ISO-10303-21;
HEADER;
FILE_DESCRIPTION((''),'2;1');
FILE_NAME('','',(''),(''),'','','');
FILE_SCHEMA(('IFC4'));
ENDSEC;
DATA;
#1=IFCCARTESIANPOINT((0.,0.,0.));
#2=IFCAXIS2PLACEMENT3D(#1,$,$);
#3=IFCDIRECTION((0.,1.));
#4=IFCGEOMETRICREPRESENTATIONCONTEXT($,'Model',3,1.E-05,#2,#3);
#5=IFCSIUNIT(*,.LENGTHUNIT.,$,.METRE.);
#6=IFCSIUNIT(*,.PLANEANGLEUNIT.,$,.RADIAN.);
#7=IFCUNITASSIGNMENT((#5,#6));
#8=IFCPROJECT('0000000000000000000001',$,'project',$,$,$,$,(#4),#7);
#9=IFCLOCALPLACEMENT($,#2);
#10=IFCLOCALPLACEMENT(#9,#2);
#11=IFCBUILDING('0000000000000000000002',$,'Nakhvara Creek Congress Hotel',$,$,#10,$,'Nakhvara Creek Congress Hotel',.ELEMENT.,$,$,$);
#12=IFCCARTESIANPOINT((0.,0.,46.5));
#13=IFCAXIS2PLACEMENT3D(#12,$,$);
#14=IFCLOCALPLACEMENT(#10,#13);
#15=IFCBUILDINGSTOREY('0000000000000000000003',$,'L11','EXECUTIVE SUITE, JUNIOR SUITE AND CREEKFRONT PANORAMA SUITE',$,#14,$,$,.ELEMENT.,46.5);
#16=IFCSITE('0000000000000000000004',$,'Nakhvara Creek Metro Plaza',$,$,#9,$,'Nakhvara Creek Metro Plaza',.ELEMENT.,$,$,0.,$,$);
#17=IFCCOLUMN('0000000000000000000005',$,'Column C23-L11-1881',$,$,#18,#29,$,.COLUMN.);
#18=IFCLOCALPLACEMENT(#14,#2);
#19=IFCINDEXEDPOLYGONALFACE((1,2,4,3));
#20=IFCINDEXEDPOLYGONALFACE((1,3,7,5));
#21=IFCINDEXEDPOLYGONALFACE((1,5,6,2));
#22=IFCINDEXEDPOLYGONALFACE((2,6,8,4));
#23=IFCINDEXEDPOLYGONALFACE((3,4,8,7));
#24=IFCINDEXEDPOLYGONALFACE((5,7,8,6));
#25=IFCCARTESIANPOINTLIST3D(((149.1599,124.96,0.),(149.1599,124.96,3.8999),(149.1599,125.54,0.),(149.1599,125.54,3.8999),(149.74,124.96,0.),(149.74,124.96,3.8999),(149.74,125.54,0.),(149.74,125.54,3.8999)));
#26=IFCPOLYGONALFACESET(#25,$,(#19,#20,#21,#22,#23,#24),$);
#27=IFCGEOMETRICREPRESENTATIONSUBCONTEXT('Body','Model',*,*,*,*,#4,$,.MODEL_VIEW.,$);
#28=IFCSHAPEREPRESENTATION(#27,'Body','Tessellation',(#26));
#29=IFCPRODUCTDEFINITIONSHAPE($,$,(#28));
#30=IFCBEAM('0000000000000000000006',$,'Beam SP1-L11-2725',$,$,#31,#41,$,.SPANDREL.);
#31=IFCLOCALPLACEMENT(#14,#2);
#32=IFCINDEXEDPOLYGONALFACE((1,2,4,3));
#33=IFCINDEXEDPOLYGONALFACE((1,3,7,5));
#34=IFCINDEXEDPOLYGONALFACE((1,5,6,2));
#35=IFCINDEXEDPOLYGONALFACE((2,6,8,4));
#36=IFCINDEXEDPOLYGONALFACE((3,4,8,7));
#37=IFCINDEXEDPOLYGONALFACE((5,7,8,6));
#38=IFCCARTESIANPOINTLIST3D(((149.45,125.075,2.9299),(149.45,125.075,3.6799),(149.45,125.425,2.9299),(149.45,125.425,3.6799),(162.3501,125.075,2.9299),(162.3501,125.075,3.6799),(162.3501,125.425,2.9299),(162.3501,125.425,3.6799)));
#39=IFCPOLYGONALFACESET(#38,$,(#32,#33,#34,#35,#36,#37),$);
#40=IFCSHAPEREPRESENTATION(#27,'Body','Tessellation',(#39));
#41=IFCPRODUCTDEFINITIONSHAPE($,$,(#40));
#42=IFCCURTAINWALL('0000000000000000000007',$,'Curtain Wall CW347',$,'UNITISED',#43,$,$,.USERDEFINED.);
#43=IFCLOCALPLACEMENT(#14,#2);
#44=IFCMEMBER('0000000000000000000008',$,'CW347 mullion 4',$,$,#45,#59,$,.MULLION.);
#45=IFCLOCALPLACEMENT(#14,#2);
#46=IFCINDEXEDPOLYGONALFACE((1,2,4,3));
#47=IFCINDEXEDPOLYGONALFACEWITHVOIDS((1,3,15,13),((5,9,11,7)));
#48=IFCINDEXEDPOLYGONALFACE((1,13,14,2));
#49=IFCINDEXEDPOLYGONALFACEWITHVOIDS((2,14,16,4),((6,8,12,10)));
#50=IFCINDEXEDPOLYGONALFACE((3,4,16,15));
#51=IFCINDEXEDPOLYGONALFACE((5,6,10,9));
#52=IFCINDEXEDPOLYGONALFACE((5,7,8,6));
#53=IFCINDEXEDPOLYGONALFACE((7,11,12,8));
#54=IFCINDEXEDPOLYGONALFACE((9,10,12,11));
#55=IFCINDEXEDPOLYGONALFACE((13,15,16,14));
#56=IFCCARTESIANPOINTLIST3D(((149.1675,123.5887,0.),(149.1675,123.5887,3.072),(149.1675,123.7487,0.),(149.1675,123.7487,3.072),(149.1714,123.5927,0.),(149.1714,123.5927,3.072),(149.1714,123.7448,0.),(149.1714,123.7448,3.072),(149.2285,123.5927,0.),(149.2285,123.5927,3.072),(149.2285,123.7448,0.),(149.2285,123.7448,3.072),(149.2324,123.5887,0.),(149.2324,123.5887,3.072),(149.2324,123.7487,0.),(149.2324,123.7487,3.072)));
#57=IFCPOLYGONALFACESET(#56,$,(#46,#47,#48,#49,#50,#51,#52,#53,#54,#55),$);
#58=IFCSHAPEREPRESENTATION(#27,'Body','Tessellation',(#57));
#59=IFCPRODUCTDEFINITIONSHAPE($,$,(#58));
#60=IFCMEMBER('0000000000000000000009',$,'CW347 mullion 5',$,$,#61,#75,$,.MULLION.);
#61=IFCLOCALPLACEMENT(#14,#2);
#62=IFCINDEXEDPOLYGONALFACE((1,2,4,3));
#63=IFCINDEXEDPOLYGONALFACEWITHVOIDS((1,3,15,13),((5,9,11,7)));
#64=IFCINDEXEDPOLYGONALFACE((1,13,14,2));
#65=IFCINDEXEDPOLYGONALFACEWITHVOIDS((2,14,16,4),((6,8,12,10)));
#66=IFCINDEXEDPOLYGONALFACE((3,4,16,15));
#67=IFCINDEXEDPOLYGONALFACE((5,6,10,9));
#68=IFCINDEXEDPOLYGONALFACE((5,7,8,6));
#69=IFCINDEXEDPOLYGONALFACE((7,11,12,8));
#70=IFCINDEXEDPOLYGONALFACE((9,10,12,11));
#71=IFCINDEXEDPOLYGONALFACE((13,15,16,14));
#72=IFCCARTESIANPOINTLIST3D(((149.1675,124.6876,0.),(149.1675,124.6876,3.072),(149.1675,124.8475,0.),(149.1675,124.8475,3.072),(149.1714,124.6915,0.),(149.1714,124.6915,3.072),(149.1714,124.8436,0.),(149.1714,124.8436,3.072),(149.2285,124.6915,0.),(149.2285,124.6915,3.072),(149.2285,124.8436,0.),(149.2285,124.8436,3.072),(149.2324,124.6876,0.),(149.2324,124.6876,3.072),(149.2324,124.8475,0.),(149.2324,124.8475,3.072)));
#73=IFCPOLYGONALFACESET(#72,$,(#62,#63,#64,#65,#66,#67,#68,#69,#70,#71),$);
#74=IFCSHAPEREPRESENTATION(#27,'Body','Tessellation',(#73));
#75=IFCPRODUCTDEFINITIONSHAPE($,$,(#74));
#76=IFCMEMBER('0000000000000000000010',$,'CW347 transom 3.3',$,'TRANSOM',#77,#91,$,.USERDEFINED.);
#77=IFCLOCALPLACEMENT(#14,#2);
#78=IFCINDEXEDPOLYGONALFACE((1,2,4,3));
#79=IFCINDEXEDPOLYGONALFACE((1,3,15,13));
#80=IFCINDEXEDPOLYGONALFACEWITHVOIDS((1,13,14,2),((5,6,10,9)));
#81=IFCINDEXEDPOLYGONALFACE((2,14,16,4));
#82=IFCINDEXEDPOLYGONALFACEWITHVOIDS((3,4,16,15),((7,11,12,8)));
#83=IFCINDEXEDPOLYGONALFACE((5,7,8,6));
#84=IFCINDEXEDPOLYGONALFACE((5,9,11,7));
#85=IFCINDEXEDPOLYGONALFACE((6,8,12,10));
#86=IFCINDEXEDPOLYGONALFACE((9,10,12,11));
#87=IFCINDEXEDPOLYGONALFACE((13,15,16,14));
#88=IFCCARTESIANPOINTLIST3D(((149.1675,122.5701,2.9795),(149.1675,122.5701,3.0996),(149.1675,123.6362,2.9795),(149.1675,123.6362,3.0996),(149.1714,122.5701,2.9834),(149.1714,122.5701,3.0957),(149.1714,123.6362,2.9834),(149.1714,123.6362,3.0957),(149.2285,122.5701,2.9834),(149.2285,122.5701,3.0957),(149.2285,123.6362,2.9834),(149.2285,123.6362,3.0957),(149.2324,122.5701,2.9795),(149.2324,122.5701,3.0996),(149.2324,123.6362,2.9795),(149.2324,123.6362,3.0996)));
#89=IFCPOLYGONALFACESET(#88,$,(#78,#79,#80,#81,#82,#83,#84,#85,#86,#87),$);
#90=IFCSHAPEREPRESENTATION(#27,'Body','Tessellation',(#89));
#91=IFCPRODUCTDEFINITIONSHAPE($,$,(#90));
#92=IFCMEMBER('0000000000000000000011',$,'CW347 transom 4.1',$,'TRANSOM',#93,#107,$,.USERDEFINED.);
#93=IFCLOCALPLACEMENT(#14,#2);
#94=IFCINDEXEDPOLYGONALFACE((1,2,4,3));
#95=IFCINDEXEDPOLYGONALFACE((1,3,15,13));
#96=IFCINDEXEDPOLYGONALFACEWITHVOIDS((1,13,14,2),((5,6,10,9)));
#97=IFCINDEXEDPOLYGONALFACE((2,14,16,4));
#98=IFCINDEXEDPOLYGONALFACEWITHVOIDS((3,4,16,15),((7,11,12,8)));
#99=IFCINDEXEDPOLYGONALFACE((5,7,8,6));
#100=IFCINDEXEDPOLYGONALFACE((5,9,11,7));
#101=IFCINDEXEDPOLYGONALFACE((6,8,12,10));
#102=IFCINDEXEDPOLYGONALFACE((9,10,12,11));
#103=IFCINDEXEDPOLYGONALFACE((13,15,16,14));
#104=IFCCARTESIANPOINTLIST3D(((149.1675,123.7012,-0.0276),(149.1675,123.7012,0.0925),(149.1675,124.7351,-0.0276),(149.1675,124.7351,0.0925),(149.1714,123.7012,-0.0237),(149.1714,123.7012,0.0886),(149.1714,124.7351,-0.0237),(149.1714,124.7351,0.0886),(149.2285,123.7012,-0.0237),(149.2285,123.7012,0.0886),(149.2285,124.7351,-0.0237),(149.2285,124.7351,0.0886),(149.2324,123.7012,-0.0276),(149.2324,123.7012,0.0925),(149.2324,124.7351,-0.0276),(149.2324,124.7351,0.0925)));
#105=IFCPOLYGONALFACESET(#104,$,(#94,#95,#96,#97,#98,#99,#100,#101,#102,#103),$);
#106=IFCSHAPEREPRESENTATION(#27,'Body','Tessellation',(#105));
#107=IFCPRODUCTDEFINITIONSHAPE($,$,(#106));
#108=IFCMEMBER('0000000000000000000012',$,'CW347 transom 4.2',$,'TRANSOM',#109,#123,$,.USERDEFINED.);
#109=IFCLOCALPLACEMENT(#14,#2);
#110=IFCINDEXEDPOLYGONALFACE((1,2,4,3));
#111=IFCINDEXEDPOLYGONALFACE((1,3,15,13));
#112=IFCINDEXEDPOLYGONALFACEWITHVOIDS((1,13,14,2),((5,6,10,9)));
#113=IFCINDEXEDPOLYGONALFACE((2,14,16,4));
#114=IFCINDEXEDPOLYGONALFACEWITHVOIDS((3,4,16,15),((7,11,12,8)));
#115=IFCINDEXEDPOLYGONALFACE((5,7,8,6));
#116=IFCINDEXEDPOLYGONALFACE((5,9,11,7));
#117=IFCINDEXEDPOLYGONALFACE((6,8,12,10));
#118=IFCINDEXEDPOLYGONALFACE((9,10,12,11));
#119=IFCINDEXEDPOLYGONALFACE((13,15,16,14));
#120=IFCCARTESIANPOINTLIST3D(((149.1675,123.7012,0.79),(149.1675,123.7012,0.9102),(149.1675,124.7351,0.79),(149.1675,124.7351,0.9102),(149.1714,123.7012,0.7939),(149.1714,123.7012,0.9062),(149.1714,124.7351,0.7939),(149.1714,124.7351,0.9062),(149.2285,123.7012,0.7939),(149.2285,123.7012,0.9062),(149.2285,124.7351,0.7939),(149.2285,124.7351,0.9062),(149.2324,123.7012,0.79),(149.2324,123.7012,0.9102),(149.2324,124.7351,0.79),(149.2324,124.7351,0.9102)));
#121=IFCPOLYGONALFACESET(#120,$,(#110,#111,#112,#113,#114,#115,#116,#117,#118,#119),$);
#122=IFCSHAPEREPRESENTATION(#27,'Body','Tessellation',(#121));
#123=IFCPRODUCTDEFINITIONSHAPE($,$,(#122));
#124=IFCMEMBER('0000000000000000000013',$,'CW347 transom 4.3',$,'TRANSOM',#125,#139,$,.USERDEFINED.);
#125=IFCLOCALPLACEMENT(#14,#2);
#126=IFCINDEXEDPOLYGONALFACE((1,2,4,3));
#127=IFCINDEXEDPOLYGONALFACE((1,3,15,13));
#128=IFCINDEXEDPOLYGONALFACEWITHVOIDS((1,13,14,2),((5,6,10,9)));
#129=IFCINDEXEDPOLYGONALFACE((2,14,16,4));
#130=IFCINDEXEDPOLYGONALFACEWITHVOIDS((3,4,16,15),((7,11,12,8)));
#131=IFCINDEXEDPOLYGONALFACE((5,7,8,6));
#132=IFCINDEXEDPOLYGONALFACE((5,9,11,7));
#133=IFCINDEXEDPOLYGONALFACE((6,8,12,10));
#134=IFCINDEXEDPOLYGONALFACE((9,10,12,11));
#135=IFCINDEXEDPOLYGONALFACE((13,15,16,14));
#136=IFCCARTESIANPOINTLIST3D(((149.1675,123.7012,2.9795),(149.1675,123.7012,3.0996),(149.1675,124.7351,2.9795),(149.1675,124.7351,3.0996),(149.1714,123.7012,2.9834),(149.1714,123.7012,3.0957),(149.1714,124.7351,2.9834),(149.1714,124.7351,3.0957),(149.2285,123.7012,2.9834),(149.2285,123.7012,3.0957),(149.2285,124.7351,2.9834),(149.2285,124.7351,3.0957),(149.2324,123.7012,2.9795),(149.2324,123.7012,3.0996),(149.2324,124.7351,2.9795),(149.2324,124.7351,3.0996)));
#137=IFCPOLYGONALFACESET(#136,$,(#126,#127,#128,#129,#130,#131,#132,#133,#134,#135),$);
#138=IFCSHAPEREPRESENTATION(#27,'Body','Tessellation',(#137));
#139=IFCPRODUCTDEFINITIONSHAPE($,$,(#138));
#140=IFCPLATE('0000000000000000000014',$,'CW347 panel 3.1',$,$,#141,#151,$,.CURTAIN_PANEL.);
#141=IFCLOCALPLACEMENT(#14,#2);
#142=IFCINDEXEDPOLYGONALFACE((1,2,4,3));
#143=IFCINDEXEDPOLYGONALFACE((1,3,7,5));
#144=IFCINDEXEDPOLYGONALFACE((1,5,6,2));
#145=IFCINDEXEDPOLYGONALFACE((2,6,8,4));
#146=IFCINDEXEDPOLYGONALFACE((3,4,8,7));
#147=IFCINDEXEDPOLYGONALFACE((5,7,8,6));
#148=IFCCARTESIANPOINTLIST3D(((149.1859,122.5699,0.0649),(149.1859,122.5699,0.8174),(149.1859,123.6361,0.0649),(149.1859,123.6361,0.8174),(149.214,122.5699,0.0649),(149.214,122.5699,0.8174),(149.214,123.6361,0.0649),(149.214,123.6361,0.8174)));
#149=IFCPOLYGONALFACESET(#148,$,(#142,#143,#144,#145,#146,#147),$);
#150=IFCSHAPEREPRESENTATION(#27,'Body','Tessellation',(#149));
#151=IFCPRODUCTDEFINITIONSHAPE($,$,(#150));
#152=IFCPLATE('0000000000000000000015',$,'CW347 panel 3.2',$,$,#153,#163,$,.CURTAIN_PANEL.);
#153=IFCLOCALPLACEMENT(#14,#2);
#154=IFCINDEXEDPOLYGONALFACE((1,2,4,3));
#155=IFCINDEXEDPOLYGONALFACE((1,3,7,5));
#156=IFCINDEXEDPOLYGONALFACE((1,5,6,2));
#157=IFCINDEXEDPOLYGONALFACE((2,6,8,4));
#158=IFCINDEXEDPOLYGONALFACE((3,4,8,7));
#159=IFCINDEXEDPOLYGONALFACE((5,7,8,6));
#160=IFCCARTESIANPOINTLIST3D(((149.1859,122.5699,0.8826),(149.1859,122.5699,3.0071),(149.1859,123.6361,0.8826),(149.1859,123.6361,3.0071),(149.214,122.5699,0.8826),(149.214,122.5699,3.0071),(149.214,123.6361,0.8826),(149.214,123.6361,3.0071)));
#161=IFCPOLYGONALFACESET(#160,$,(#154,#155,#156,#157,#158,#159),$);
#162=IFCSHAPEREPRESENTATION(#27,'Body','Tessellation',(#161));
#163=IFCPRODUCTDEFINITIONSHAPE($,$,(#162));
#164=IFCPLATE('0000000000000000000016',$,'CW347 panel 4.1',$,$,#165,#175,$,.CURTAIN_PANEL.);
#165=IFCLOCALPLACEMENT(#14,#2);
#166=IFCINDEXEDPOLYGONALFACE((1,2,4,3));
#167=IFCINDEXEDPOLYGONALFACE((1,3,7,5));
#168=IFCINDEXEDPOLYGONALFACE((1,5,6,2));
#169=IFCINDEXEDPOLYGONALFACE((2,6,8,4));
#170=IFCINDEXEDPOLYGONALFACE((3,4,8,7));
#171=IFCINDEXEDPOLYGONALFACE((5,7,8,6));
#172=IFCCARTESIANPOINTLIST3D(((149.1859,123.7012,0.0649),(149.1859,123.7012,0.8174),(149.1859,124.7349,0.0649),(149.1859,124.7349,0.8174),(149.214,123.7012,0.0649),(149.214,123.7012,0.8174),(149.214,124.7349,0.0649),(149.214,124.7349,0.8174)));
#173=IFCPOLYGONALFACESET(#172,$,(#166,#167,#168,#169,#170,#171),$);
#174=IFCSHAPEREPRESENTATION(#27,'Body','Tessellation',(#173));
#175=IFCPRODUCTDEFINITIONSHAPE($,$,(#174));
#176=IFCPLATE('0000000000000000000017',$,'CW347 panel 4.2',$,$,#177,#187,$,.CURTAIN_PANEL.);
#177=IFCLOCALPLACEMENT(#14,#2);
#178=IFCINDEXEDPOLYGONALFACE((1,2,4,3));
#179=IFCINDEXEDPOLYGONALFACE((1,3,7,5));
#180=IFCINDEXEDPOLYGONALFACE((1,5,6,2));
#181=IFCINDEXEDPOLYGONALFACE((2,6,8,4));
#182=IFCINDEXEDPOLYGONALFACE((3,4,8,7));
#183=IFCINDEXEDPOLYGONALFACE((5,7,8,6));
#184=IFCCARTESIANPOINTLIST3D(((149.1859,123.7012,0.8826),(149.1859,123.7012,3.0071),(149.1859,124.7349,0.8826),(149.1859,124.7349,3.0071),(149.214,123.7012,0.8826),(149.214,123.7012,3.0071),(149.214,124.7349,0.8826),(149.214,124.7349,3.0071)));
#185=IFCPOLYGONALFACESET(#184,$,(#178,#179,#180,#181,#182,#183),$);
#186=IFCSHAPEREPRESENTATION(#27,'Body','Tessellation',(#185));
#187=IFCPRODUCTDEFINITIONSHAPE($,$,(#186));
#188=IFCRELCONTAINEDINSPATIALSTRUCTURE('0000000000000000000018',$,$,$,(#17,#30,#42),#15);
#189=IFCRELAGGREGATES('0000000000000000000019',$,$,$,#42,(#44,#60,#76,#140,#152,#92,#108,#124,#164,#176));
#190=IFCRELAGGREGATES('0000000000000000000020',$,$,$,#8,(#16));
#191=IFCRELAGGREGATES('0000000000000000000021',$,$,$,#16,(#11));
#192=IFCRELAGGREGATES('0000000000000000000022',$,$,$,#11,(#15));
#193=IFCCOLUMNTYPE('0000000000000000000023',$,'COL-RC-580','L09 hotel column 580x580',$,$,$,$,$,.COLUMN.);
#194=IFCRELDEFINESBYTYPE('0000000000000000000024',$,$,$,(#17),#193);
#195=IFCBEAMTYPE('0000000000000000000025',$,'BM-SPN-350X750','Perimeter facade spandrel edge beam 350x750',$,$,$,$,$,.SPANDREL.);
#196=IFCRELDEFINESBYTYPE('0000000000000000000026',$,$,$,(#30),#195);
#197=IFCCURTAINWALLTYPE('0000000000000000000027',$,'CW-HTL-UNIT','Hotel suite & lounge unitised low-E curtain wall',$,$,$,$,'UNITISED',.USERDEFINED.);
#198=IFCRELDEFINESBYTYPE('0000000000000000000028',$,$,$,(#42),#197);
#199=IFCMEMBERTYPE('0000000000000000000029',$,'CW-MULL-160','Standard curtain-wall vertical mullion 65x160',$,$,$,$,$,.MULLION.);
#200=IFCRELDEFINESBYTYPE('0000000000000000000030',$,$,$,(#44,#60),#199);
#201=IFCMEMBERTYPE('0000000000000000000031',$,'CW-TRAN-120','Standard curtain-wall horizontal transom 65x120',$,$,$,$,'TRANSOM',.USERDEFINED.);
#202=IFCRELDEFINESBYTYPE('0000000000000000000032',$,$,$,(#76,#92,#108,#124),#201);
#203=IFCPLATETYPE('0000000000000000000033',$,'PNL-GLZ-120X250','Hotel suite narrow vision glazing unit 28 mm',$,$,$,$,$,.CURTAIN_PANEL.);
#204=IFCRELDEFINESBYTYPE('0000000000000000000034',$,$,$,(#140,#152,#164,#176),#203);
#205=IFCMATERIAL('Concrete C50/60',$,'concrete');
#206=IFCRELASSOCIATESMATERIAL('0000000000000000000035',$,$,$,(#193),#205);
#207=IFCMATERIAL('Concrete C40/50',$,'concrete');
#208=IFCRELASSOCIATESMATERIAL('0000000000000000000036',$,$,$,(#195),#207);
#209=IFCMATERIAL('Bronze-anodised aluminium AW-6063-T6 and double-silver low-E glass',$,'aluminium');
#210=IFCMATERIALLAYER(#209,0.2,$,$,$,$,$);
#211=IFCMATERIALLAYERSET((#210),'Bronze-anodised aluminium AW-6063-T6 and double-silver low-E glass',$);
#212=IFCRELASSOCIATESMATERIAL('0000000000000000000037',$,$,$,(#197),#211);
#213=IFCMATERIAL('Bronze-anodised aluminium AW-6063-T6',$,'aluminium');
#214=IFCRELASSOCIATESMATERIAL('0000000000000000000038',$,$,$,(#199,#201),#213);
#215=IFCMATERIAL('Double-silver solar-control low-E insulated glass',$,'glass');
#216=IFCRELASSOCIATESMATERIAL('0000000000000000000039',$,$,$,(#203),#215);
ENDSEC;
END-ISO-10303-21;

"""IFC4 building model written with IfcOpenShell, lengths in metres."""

from ifc_helpers import new_model, si_unit, direction, frame, origin, origin_2d, place, context, subcontext, project, spatial, rectangle, hollow_rectangle, extrude, material, layer, layer_set, material_profile, profile_set, type_object, element, aggregate, save


model = new_model("IFC4")

# Units and contexts
model_context = context("Model", 3, precision=1e-05, world=origin(), true_north=direction((0.0, 1.0)))
body_context = subcontext(model_context, "Body", "Model", "MODEL_VIEW")
ifc_project = project(units=[si_unit("LENGTHUNIT", "METRE"), si_unit("PLANEANGLEUNIT", "RADIAN")], contexts=[model_context])

# Site, building, storey
site_placement = place(None, origin())
site = spatial("IfcSite", under=ifc_project, at=site_placement, Name="Nakhvara Creek Metro Plaza", LongName="Nakhvara Creek Metro Plaza", CompositionType="ELEMENT", RefElevation=0.0)
building_placement = place(site_placement, origin())
building = spatial("IfcBuilding", under=site, at=building_placement, Name="Nakhvara Creek Congress Hotel", LongName="Nakhvara Creek Congress Hotel", CompositionType="ELEMENT")
storey_placement = place(building_placement, frame((0.0, 0.0, 46.5)))
storey = spatial("IfcBuildingStorey", under=building, at=storey_placement, Name="L11", Description="EXECUTIVE SUITE, JUNIOR SUITE AND CREEKFRONT PANORAMA SUITE", CompositionType="ELEMENT", Elevation=46.5)

# Column
ifc_material_1 = material(Name="Concrete C50/60", Category="concrete")
ifc_material_profile_1 = material_profile(ifc_material_1, rectangle(XDim=0.5801, YDim=0.5801, at=origin_2d()), Name="RC-COL 580x580", Category="LoadBearing")
ifc_profile_set_1 = profile_set([ifc_material_profile_1], Name="Concrete C50/60")
column_type = type_object("IfcColumnType", Name="COL-RC-580", Description="L09 hotel column 580x580", PredefinedType="COLUMN", material=ifc_profile_set_1)
column_placement = place(storey_placement, frame((149.45, 125.25, 0.0), z_axis=(0.0, 0.0, 1.0), x_axis=(1.0, 0.0, 0.0)))
element("IfcColumn", 1, at=column_placement, inside=storey, type_object=column_type, Name="Column C23-L11-1881", PredefinedType="COLUMN", context=body_context, shape_type="SweptSolid", body=[
    extrude(rectangle(XDim=0.5801, YDim=0.5801, at=origin_2d()), origin(), (0.0, 0.0, 1.0), 3.8999),
])

# Beam
ifc_material_2 = material(Name="Concrete C40/50", Category="concrete")
ifc_material_profile_2 = material_profile(ifc_material_2, rectangle(XDim=0.3501, YDim=0.75, at=origin_2d()), Name="RC-SPANDREL 350x750", Category="LoadBearing")
ifc_profile_set_2 = profile_set([ifc_material_profile_2], Name="Concrete C40/50")
beam_type = type_object("IfcBeamType", Name="BM-SPN-350X750", Description="Perimeter facade spandrel edge beam 350x750", PredefinedType="SPANDREL", material=ifc_profile_set_2)
beam_placement = place(storey_placement, frame((149.45, 125.25, 3.3049), z_axis=(1.0, 0.0, 0.0), x_axis=(0.0, 1.0, 0.0)))
element("IfcBeam", 2, at=beam_placement, inside=storey, type_object=beam_type, Name="Beam SP1-L11-2725", PredefinedType="SPANDREL", context=body_context, shape_type="SweptSolid", body=[
    extrude(rectangle(XDim=0.3501, YDim=0.75, at=origin_2d()), origin(), (0.0, 0.0, 1.0), 12.9001),
])

# Curtain wall, members, plates
ifc_material_3 = material(Name="Bronze-anodised aluminium AW-6063-T6 and double-silver low-E glass", Category="aluminium")
ifc_layer_1 = layer(ifc_material_3, 0.2)
ifc_layer_set_1 = layer_set([ifc_layer_1], Name="Bronze-anodised aluminium AW-6063-T6 and double-silver low-E glass")
curtain_wall_type = type_object("IfcCurtainWallType", Name="CW-HTL-UNIT", Description="Hotel suite & lounge unitised low-E curtain wall", ElementType="UNITISED", PredefinedType="USERDEFINED", material=ifc_layer_set_1)
curtain_wall_placement = place(storey_placement, origin())
curtain_wall = element("IfcCurtainWall", 3, at=curtain_wall_placement, inside=storey, type_object=curtain_wall_type, Name="Curtain Wall CW347", ObjectType="UNITISED", PredefinedType="USERDEFINED")
ifc_material_4 = material(Name="Bronze-anodised aluminium AW-6063-T6", Category="aluminium")
ifc_material_profile_3 = material_profile(ifc_material_4, hollow_rectangle(XDim=0.0649, YDim=0.1599, WallThickness=0.0039, at=origin_2d()), Name="ALU-MULL 65x160x4", Category="LoadBearing")
ifc_profile_set_3 = profile_set([ifc_material_profile_3], Name="Bronze-anodised aluminium AW-6063-T6")
member_type_1 = type_object("IfcMemberType", Name="CW-MULL-160", Description="Standard curtain-wall vertical mullion 65x160", PredefinedType="MULLION", material=ifc_profile_set_3)
member_1_placement = place(storey_placement, frame((149.2, 123.6687, 0.0), z_axis=(0.0, 0.0, 1.0), x_axis=(-1.0, 0.0, 0.0)))
member_1 = element("IfcMember", 4, at=member_1_placement, type_object=member_type_1, Name="CW347 mullion 4", PredefinedType="MULLION", context=body_context, shape_type="SweptSolid", body=[
    extrude(hollow_rectangle(XDim=0.0649, YDim=0.1599, WallThickness=0.0039, at=origin_2d()), origin(), (0.0, 0.0, 1.0), 3.072),
])
member_2_placement = place(storey_placement, frame((149.2, 124.7676, 0.0), z_axis=(0.0, 0.0, 1.0), x_axis=(-1.0, 0.0, 0.0)))
member_2 = element("IfcMember", 5, at=member_2_placement, type_object=member_type_1, Name="CW347 mullion 5", PredefinedType="MULLION", context=body_context, shape_type="SweptSolid", body=[
    extrude(hollow_rectangle(XDim=0.0649, YDim=0.1599, WallThickness=0.0039, at=origin_2d()), origin(), (0.0, 0.0, 1.0), 3.072),
])
ifc_material_profile_4 = material_profile(ifc_material_4, hollow_rectangle(XDim=0.0649, YDim=0.1201, WallThickness=0.0039, at=origin_2d()), Name="ALU-TRAN 65x120x4", Category="LoadBearing")
ifc_profile_set_4 = profile_set([ifc_material_profile_4], Name="Bronze-anodised aluminium AW-6063-T6")
member_type_2 = type_object("IfcMemberType", Name="CW-TRAN-120", Description="Standard curtain-wall horizontal transom 65x120", ElementType="TRANSOM", PredefinedType="USERDEFINED", material=ifc_profile_set_4)
member_3_placement = place(storey_placement, frame((149.2, 122.5701, 3.0396), z_axis=(0.0, 1.0, 0.0), x_axis=(-1.0, 0.0, 0.0)))
member_3 = element("IfcMember", 6, at=member_3_placement, type_object=member_type_2, Name="CW347 transom 3.3", ObjectType="TRANSOM", PredefinedType="USERDEFINED", context=body_context, shape_type="SweptSolid", body=[
    extrude(hollow_rectangle(XDim=0.0649, YDim=0.1201, WallThickness=0.0039, at=origin_2d()), origin(), (0.0, 0.0, 1.0), 1.0662),
])
member_4_placement = place(storey_placement, frame((149.2, 123.7012, 0.0325), z_axis=(0.0, 1.0, 0.0), x_axis=(-1.0, 0.0, 0.0)))
member_4 = element("IfcMember", 7, at=member_4_placement, type_object=member_type_2, Name="CW347 transom 4.1", ObjectType="TRANSOM", PredefinedType="USERDEFINED", context=body_context, shape_type="SweptSolid", body=[
    extrude(hollow_rectangle(XDim=0.0649, YDim=0.1201, WallThickness=0.0039, at=origin_2d()), origin(), (0.0, 0.0, 1.0), 1.0339),
])
member_5_placement = place(storey_placement, frame((149.2, 123.7012, 0.8501), z_axis=(0.0, 1.0, 0.0), x_axis=(-1.0, 0.0, 0.0)))
member_5 = element("IfcMember", 8, at=member_5_placement, type_object=member_type_2, Name="CW347 transom 4.2", ObjectType="TRANSOM", PredefinedType="USERDEFINED", context=body_context, shape_type="SweptSolid", body=[
    extrude(hollow_rectangle(XDim=0.0649, YDim=0.1201, WallThickness=0.0039, at=origin_2d()), origin(), (0.0, 0.0, 1.0), 1.0339),
])
member_6_placement = place(storey_placement, frame((149.2, 123.7012, 3.0396), z_axis=(0.0, 1.0, 0.0), x_axis=(-1.0, 0.0, 0.0)))
member_6 = element("IfcMember", 9, at=member_6_placement, type_object=member_type_2, Name="CW347 transom 4.3", ObjectType="TRANSOM", PredefinedType="USERDEFINED", context=body_context, shape_type="SweptSolid", body=[
    extrude(hollow_rectangle(XDim=0.0649, YDim=0.1201, WallThickness=0.0039, at=origin_2d()), origin(), (0.0, 0.0, 1.0), 1.0339),
])
ifc_material_5 = material(Name="Double-silver solar-control low-E insulated glass", Category="glass")
plate_type = type_object("IfcPlateType", Name="PNL-GLZ-120X250", Description="Hotel suite narrow vision glazing unit 28 mm", PredefinedType="CURTAIN_PANEL", material=ifc_material_5)
plate_1_placement = place(storey_placement, frame((149.2, 123.103, 0.0649), z_axis=(0.0, 0.0, 1.0), x_axis=(0.0, 1.0, 0.0)))
plate_1 = element("IfcPlate", 10, at=plate_1_placement, type_object=plate_type, Name="CW347 panel 3.1", PredefinedType="CURTAIN_PANEL", context=body_context, shape_type="SweptSolid", body=[
    extrude(rectangle(XDim=1.0662, YDim=0.0281, at=origin_2d()), origin(), (0.0, 0.0, 1.0), 0.7524),
])
plate_2_placement = place(storey_placement, frame((149.2, 123.103, 0.8826), z_axis=(0.0, 0.0, 1.0), x_axis=(0.0, 1.0, 0.0)))
plate_2 = element("IfcPlate", 11, at=plate_2_placement, type_object=plate_type, Name="CW347 panel 3.2", PredefinedType="CURTAIN_PANEL", context=body_context, shape_type="SweptSolid", body=[
    extrude(rectangle(XDim=1.0662, YDim=0.0281, at=origin_2d()), origin(), (0.0, 0.0, 1.0), 2.1245),
])
plate_3_placement = place(storey_placement, frame((149.2, 124.218, 0.0649), z_axis=(0.0, 0.0, 1.0), x_axis=(0.0, 1.0, 0.0)))
plate_3 = element("IfcPlate", 12, at=plate_3_placement, type_object=plate_type, Name="CW347 panel 4.1", PredefinedType="CURTAIN_PANEL", context=body_context, shape_type="SweptSolid", body=[
    extrude(rectangle(XDim=1.0337, YDim=0.0281, at=origin_2d()), origin(), (0.0, 0.0, 1.0), 0.7524),
])
plate_4_placement = place(storey_placement, frame((149.2, 124.218, 0.8826), z_axis=(0.0, 0.0, 1.0), x_axis=(0.0, 1.0, 0.0)))
plate_4 = element("IfcPlate", 13, at=plate_4_placement, type_object=plate_type, Name="CW347 panel 4.2", PredefinedType="CURTAIN_PANEL", context=body_context, shape_type="SweptSolid", body=[
    extrude(rectangle(XDim=1.0337, YDim=0.0281, at=origin_2d()), origin(), (0.0, 0.0, 1.0), 2.1245),
])
aggregate(curtain_wall, [member_1, member_2, member_3, plate_1, plate_2, member_4, member_5, member_6, plate_3, plate_4])

save(model, "model.ifc")
